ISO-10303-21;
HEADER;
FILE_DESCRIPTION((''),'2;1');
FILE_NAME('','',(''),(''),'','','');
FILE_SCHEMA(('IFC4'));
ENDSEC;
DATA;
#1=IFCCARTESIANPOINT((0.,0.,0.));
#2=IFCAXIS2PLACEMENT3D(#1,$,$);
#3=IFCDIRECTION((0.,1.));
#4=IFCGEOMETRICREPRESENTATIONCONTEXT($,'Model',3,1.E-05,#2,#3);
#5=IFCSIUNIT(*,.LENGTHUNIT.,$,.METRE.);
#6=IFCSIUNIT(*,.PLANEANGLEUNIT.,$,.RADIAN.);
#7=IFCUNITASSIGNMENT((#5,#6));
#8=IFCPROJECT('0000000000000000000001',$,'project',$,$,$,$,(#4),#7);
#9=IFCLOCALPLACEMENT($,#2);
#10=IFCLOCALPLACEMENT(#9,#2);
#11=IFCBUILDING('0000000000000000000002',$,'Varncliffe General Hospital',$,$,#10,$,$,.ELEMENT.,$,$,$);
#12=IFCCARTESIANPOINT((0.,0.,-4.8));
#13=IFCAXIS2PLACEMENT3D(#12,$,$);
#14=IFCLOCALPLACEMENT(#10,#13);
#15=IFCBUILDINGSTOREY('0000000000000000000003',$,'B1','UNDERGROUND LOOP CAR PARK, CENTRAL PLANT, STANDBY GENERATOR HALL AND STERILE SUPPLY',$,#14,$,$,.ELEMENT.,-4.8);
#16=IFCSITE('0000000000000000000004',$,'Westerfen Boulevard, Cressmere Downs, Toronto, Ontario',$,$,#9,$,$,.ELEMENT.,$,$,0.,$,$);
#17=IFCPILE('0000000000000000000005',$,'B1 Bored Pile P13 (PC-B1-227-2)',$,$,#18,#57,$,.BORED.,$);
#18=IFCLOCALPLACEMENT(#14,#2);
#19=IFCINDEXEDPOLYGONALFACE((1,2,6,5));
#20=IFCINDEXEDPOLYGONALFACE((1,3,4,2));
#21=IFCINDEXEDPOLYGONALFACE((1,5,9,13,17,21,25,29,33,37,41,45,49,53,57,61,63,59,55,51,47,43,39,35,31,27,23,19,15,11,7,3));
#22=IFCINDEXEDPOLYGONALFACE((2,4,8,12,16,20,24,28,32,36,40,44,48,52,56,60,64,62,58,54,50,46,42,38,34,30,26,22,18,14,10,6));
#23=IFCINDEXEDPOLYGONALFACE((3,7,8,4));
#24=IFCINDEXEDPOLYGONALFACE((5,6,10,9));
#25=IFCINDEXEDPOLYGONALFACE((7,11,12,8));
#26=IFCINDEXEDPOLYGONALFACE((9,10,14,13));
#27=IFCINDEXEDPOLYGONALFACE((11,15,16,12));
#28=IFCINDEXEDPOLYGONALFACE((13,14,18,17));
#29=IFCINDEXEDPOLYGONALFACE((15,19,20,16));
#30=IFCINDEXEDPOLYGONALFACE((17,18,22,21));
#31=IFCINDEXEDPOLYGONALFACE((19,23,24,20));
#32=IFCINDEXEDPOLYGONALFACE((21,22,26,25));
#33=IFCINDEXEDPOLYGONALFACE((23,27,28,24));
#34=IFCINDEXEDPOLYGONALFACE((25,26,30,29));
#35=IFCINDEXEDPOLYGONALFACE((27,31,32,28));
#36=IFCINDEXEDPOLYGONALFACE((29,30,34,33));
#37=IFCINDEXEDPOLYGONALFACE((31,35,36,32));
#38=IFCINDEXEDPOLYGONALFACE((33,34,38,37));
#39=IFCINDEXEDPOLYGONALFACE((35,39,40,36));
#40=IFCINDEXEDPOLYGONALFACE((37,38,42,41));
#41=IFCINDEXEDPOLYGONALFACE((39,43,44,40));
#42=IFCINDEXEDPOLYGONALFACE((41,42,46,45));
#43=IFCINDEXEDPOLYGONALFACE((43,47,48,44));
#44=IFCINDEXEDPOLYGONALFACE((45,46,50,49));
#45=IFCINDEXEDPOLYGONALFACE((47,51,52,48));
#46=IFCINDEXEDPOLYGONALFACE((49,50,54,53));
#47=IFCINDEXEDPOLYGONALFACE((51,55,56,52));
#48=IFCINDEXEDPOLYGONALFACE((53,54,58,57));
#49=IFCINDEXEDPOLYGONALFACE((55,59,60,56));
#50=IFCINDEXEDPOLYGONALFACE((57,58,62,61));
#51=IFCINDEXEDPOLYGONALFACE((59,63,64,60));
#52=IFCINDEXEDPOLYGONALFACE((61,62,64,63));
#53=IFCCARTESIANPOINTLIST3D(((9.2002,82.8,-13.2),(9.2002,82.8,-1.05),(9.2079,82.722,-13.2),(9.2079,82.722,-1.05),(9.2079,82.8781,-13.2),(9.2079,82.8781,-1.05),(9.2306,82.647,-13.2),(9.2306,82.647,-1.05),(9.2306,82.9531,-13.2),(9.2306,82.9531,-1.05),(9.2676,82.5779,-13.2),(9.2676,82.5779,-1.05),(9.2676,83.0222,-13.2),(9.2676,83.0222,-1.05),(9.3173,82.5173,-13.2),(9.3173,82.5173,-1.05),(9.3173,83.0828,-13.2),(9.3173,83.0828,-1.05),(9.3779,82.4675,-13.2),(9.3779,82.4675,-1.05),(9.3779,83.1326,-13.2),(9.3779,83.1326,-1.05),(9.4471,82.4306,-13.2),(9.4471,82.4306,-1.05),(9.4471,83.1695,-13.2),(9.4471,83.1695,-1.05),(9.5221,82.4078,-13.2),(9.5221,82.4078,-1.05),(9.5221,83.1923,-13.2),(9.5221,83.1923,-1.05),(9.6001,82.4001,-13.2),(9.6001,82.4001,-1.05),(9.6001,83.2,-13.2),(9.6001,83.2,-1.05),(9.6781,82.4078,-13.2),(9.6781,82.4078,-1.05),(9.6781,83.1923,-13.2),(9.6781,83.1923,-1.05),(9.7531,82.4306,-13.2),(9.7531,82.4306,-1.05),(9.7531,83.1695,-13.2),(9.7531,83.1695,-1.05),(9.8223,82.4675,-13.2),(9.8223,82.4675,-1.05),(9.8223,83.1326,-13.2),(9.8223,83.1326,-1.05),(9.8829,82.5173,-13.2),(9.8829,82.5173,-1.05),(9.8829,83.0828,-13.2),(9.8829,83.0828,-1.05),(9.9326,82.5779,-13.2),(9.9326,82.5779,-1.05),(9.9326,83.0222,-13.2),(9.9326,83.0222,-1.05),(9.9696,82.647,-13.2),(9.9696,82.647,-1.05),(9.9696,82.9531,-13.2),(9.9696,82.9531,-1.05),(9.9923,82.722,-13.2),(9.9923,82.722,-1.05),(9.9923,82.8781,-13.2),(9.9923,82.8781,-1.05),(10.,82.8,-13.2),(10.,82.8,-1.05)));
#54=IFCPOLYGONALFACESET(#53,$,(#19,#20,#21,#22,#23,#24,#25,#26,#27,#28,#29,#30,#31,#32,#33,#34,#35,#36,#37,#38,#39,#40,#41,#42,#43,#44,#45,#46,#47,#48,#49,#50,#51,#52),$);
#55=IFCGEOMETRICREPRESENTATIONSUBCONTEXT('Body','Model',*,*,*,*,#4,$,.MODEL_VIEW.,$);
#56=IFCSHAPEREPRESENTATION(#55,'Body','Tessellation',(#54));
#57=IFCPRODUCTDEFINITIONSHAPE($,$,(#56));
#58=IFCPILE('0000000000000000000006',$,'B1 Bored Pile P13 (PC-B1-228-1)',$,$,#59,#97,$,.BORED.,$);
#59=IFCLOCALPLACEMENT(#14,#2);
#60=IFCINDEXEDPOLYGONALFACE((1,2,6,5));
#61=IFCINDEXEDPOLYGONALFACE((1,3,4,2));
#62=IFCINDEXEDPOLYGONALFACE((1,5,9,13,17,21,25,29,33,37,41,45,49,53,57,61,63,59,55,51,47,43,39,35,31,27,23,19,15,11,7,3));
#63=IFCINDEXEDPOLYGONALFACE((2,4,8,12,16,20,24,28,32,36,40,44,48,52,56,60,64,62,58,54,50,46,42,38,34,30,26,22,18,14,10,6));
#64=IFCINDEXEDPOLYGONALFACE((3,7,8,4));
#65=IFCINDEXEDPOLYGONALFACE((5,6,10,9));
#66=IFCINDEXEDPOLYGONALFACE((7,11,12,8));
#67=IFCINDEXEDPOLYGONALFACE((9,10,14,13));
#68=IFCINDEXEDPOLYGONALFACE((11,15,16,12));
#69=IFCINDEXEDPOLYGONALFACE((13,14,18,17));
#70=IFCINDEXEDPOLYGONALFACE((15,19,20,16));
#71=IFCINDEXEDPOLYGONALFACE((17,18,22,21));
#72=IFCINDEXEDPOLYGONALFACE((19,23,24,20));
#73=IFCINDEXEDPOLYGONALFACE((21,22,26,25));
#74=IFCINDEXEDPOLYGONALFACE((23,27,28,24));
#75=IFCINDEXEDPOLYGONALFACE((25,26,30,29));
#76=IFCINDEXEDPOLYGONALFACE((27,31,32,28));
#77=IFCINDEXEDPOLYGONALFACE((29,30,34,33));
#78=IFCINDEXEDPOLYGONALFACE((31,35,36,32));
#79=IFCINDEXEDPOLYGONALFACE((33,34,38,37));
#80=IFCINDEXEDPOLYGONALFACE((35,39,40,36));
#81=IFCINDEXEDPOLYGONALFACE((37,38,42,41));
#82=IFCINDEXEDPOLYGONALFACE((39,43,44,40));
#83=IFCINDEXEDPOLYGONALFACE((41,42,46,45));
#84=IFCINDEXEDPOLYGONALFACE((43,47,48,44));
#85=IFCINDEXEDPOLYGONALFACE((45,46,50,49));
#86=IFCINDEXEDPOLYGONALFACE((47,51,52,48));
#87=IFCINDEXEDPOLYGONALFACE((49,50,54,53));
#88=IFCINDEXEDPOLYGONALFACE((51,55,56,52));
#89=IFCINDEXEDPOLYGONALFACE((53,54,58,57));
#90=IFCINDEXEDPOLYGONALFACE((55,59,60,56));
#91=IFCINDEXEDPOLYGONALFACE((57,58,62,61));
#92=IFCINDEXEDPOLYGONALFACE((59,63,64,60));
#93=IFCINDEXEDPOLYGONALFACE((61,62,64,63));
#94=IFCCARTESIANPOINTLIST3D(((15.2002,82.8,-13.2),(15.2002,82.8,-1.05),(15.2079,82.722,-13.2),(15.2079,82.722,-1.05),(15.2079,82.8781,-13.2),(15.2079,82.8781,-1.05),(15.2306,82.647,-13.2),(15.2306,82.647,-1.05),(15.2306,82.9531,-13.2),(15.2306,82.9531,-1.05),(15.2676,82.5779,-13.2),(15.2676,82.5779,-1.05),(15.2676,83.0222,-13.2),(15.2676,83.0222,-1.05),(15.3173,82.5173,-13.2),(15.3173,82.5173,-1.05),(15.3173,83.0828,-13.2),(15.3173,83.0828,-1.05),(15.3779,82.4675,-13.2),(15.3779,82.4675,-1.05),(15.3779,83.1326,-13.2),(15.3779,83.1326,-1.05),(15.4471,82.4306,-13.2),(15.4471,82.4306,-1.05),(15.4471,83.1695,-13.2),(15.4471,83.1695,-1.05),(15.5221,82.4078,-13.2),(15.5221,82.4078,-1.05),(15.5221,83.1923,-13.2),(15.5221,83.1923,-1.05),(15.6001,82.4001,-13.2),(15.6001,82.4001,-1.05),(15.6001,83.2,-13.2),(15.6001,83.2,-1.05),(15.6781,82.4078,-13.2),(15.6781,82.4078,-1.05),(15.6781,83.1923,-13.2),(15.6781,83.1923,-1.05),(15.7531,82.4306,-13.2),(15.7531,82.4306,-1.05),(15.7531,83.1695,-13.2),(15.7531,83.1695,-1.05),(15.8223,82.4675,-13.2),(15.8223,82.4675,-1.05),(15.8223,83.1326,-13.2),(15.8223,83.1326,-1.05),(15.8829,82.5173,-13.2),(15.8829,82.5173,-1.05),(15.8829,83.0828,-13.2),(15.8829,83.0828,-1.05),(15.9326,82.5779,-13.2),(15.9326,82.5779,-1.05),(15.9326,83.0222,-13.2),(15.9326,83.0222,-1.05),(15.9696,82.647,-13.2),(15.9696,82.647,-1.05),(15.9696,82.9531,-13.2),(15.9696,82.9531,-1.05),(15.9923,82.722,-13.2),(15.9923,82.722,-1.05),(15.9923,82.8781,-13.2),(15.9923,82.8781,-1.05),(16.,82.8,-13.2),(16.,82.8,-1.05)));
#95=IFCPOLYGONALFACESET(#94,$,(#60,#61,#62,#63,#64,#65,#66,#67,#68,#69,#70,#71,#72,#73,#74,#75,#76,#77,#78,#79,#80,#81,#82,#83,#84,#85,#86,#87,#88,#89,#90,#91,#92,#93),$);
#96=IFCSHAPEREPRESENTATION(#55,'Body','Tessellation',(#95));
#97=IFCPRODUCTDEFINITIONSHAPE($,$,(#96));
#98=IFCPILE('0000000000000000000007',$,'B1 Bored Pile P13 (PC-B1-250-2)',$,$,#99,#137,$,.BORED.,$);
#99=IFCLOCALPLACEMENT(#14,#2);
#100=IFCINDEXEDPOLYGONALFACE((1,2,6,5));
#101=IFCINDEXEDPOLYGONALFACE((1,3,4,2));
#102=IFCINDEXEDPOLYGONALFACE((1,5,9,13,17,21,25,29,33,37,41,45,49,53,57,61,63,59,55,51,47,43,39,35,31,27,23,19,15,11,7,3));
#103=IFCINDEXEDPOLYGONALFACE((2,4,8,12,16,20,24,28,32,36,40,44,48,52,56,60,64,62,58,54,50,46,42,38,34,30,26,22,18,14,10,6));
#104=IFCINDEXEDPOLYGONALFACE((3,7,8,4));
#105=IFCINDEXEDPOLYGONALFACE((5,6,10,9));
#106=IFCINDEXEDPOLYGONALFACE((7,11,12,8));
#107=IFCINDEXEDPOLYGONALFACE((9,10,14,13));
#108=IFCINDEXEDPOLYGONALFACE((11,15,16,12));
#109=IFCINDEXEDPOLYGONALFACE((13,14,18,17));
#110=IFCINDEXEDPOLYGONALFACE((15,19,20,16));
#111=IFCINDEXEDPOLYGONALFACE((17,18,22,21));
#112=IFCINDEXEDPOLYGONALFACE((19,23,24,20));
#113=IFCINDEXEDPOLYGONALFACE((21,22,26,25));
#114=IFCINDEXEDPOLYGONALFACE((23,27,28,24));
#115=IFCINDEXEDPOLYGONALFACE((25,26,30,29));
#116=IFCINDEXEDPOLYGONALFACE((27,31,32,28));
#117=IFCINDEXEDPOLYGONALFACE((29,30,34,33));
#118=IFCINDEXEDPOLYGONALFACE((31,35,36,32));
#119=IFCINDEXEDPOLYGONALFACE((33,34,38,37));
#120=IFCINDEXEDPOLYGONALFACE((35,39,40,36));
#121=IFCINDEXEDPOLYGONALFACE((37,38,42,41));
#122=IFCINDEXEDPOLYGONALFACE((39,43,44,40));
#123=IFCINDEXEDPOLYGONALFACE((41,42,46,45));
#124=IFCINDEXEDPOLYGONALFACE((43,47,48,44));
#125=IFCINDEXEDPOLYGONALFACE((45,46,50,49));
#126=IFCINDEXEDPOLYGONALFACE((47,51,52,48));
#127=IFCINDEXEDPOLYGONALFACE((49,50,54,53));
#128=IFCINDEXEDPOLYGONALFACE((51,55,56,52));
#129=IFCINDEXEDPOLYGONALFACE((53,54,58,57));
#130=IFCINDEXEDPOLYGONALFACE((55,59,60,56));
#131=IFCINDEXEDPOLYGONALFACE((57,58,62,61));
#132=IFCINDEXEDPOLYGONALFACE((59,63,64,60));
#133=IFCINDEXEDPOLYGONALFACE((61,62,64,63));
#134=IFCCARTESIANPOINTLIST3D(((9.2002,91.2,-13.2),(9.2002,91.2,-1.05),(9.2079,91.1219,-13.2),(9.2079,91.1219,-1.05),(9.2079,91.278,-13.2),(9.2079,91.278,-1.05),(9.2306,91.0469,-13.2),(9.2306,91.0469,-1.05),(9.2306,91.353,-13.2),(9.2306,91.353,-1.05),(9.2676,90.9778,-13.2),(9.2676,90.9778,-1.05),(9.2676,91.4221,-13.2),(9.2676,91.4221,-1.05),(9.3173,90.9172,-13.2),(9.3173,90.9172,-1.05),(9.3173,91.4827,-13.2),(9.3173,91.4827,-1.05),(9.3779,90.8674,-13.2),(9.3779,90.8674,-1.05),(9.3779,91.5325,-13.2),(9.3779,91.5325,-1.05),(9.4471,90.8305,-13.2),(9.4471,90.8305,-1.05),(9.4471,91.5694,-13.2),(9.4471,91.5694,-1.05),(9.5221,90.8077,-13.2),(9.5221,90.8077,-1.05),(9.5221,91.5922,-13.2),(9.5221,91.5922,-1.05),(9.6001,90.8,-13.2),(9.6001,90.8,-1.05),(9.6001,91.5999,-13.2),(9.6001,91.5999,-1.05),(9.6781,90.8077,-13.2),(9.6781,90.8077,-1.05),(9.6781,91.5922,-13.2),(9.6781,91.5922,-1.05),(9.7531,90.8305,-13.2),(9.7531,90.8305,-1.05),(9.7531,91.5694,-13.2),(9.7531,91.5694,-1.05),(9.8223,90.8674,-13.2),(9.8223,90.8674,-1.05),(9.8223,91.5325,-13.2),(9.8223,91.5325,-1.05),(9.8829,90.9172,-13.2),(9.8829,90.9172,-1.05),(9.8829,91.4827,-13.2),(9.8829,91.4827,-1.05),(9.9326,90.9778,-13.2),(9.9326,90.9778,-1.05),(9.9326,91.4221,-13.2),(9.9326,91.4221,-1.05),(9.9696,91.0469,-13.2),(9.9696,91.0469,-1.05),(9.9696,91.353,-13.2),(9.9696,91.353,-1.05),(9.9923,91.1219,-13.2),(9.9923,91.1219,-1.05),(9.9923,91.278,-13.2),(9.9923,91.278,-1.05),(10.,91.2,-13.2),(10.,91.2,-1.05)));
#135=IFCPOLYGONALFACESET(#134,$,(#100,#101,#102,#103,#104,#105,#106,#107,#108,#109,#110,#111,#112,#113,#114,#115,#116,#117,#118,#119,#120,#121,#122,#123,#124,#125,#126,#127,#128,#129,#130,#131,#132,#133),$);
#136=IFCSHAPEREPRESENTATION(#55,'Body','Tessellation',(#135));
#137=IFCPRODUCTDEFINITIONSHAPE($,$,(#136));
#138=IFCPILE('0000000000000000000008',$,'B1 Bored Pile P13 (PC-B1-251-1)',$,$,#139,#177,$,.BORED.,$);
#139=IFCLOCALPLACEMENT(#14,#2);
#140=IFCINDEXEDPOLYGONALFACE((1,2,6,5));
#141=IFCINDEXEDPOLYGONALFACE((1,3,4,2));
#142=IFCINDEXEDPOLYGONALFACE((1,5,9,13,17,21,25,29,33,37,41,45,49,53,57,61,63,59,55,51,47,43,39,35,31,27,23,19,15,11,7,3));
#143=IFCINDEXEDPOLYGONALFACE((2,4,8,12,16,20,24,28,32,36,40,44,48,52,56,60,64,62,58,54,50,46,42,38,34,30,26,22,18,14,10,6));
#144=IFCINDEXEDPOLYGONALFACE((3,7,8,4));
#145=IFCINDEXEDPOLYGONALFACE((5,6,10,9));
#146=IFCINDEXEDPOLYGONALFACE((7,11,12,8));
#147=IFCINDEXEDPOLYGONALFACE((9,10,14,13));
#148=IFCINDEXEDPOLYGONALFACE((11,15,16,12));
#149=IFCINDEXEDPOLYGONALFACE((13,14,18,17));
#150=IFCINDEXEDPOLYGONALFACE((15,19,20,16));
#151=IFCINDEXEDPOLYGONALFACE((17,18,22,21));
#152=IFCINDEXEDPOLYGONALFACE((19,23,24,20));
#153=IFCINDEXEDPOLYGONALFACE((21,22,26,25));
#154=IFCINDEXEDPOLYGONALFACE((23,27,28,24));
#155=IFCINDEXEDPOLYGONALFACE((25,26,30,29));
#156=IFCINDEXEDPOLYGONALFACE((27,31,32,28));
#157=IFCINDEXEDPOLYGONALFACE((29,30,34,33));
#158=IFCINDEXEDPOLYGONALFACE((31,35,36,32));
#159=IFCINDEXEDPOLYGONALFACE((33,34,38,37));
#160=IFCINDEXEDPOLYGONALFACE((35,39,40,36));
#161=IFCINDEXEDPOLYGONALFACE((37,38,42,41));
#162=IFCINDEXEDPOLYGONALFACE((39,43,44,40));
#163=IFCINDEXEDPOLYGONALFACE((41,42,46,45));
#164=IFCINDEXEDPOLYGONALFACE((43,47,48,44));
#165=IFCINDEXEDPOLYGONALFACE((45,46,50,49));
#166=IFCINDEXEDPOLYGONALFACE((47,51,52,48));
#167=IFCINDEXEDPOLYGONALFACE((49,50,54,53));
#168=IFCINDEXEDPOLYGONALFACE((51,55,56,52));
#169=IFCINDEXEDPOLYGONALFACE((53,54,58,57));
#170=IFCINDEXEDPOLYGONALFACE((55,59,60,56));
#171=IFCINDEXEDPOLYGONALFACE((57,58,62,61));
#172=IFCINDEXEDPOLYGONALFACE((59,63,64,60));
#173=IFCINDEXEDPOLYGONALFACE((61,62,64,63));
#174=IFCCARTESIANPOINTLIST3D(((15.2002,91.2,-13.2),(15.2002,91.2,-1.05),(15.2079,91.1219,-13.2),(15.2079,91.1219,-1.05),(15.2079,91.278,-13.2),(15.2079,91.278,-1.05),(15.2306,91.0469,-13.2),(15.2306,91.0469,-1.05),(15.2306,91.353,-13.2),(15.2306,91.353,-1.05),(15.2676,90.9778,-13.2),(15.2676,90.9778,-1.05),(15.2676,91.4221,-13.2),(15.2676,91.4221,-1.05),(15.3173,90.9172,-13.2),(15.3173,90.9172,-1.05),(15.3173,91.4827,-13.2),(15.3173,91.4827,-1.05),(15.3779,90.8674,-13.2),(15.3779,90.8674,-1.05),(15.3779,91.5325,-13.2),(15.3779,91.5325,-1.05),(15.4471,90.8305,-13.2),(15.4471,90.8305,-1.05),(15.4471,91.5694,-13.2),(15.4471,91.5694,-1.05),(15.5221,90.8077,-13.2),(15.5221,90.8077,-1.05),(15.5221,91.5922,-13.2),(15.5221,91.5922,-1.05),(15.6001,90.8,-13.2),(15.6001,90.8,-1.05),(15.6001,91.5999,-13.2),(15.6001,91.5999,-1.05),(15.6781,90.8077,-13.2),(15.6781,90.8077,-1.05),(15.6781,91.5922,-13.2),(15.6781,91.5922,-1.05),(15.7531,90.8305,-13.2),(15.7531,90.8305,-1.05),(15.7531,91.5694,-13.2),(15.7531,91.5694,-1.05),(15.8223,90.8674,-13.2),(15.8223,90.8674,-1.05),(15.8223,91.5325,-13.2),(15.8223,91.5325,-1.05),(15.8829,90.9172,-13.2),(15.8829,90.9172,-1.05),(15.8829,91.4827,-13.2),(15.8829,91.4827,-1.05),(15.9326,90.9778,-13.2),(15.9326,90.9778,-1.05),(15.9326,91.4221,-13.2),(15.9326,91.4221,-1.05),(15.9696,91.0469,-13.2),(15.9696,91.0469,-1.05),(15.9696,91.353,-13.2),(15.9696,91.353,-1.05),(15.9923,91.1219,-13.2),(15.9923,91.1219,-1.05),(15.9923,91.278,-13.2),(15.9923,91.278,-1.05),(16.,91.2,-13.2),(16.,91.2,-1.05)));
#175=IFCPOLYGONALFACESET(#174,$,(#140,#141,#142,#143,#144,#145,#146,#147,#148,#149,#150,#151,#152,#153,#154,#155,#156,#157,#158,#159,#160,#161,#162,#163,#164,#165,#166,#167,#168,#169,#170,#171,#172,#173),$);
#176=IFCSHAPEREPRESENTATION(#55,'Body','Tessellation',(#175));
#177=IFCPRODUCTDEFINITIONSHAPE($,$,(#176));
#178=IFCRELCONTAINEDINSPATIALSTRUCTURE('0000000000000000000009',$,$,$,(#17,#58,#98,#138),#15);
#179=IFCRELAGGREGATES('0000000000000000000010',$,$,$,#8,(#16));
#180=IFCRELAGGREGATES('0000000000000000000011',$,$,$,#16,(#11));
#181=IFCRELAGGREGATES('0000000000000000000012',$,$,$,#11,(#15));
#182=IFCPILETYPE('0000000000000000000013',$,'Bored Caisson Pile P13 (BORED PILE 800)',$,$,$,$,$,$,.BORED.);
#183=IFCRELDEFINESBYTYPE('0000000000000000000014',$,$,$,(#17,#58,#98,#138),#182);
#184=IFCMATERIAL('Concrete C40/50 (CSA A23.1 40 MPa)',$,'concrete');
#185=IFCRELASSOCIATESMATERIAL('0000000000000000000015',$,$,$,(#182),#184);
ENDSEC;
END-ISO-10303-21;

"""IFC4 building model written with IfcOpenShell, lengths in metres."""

from ifc_helpers import new_model, si_unit, direction, frame, origin, origin_2d, place, context, subcontext, project, spatial, circle, extrude, material, material_profile, profile_set, type_object, element, save


model = new_model("IFC4")

# Units and contexts
model_context = context("Model", 3, precision=1e-05, world=origin(), true_north=direction((0.0, 1.0)))
body_context = subcontext(model_context, "Body", "Model", "MODEL_VIEW")
ifc_project = project(units=[si_unit("LENGTHUNIT", "METRE"), si_unit("PLANEANGLEUNIT", "RADIAN")], contexts=[model_context])

# Site, building, storey
site_placement = place(None, origin())
site = spatial("IfcSite", under=ifc_project, at=site_placement, Name="Westerfen Boulevard, Cressmere Downs, Toronto, Ontario", CompositionType="ELEMENT", RefElevation=0.0)
building_placement = place(site_placement, origin())
building = spatial("IfcBuilding", under=site, at=building_placement, Name="Varncliffe General Hospital", CompositionType="ELEMENT")
storey_placement = place(building_placement, frame((0.0, 0.0, -4.8)))
storey = spatial("IfcBuildingStorey", under=building, at=storey_placement, Name="B1", Description="UNDERGROUND LOOP CAR PARK, CENTRAL PLANT, STANDBY GENERATOR HALL AND STERILE SUPPLY", CompositionType="ELEMENT", Elevation=-4.8)

# Piles
ifc_material_1 = material(Name="Concrete C40/50 (CSA A23.1 40 MPa)", Category="concrete")
ifc_material_profile_1 = material_profile(ifc_material_1, circle(Radius=0.3999, at=origin_2d()), Name="BORED PILE 800")
ifc_profile_set_1 = profile_set([ifc_material_profile_1], Name="Concrete C40/50 (CSA A23.1 40 MPa)")
pile_type_1 = type_object("IfcPileType", Name="Bored Caisson Pile P13 (BORED PILE 800)", PredefinedType="BORED", material=ifc_profile_set_1)
for number, where, z_axis, x_axis, name in (
    (1, (9.6001, 82.8, -1.05), (0.0, 0.0, -1.0), (1.0, 0.0, 0.0), "B1 Bored Pile P13 (PC-B1-227-2)"),
    (2, (15.6001, 82.8, -1.05), (0.0, 0.0, -1.0), (1.0, 0.0, 0.0), "B1 Bored Pile P13 (PC-B1-228-1)"),
    (3, (9.6001, 91.2, -1.05), (0.0, 0.0, -1.0), (1.0, 0.0, 0.0), "B1 Bored Pile P13 (PC-B1-250-2)"),
    (4, (15.6001, 91.2, -1.05), (0.0, 0.0, -1.0), (1.0, 0.0, 0.0), "B1 Bored Pile P13 (PC-B1-251-1)"),
):
    element("IfcPile", number, at=place(storey_placement, frame(where, z_axis=z_axis, x_axis=x_axis)), inside=storey, type_object=pile_type_1, Name=name, PredefinedType="BORED", context=body_context, shape_type="SweptSolid", body=[
        extrude(circle(Radius=0.3999, at=origin_2d()), origin(), (0.0, 0.0, 1.0), 12.1499),
    ])

save(model, "model.ifc")
